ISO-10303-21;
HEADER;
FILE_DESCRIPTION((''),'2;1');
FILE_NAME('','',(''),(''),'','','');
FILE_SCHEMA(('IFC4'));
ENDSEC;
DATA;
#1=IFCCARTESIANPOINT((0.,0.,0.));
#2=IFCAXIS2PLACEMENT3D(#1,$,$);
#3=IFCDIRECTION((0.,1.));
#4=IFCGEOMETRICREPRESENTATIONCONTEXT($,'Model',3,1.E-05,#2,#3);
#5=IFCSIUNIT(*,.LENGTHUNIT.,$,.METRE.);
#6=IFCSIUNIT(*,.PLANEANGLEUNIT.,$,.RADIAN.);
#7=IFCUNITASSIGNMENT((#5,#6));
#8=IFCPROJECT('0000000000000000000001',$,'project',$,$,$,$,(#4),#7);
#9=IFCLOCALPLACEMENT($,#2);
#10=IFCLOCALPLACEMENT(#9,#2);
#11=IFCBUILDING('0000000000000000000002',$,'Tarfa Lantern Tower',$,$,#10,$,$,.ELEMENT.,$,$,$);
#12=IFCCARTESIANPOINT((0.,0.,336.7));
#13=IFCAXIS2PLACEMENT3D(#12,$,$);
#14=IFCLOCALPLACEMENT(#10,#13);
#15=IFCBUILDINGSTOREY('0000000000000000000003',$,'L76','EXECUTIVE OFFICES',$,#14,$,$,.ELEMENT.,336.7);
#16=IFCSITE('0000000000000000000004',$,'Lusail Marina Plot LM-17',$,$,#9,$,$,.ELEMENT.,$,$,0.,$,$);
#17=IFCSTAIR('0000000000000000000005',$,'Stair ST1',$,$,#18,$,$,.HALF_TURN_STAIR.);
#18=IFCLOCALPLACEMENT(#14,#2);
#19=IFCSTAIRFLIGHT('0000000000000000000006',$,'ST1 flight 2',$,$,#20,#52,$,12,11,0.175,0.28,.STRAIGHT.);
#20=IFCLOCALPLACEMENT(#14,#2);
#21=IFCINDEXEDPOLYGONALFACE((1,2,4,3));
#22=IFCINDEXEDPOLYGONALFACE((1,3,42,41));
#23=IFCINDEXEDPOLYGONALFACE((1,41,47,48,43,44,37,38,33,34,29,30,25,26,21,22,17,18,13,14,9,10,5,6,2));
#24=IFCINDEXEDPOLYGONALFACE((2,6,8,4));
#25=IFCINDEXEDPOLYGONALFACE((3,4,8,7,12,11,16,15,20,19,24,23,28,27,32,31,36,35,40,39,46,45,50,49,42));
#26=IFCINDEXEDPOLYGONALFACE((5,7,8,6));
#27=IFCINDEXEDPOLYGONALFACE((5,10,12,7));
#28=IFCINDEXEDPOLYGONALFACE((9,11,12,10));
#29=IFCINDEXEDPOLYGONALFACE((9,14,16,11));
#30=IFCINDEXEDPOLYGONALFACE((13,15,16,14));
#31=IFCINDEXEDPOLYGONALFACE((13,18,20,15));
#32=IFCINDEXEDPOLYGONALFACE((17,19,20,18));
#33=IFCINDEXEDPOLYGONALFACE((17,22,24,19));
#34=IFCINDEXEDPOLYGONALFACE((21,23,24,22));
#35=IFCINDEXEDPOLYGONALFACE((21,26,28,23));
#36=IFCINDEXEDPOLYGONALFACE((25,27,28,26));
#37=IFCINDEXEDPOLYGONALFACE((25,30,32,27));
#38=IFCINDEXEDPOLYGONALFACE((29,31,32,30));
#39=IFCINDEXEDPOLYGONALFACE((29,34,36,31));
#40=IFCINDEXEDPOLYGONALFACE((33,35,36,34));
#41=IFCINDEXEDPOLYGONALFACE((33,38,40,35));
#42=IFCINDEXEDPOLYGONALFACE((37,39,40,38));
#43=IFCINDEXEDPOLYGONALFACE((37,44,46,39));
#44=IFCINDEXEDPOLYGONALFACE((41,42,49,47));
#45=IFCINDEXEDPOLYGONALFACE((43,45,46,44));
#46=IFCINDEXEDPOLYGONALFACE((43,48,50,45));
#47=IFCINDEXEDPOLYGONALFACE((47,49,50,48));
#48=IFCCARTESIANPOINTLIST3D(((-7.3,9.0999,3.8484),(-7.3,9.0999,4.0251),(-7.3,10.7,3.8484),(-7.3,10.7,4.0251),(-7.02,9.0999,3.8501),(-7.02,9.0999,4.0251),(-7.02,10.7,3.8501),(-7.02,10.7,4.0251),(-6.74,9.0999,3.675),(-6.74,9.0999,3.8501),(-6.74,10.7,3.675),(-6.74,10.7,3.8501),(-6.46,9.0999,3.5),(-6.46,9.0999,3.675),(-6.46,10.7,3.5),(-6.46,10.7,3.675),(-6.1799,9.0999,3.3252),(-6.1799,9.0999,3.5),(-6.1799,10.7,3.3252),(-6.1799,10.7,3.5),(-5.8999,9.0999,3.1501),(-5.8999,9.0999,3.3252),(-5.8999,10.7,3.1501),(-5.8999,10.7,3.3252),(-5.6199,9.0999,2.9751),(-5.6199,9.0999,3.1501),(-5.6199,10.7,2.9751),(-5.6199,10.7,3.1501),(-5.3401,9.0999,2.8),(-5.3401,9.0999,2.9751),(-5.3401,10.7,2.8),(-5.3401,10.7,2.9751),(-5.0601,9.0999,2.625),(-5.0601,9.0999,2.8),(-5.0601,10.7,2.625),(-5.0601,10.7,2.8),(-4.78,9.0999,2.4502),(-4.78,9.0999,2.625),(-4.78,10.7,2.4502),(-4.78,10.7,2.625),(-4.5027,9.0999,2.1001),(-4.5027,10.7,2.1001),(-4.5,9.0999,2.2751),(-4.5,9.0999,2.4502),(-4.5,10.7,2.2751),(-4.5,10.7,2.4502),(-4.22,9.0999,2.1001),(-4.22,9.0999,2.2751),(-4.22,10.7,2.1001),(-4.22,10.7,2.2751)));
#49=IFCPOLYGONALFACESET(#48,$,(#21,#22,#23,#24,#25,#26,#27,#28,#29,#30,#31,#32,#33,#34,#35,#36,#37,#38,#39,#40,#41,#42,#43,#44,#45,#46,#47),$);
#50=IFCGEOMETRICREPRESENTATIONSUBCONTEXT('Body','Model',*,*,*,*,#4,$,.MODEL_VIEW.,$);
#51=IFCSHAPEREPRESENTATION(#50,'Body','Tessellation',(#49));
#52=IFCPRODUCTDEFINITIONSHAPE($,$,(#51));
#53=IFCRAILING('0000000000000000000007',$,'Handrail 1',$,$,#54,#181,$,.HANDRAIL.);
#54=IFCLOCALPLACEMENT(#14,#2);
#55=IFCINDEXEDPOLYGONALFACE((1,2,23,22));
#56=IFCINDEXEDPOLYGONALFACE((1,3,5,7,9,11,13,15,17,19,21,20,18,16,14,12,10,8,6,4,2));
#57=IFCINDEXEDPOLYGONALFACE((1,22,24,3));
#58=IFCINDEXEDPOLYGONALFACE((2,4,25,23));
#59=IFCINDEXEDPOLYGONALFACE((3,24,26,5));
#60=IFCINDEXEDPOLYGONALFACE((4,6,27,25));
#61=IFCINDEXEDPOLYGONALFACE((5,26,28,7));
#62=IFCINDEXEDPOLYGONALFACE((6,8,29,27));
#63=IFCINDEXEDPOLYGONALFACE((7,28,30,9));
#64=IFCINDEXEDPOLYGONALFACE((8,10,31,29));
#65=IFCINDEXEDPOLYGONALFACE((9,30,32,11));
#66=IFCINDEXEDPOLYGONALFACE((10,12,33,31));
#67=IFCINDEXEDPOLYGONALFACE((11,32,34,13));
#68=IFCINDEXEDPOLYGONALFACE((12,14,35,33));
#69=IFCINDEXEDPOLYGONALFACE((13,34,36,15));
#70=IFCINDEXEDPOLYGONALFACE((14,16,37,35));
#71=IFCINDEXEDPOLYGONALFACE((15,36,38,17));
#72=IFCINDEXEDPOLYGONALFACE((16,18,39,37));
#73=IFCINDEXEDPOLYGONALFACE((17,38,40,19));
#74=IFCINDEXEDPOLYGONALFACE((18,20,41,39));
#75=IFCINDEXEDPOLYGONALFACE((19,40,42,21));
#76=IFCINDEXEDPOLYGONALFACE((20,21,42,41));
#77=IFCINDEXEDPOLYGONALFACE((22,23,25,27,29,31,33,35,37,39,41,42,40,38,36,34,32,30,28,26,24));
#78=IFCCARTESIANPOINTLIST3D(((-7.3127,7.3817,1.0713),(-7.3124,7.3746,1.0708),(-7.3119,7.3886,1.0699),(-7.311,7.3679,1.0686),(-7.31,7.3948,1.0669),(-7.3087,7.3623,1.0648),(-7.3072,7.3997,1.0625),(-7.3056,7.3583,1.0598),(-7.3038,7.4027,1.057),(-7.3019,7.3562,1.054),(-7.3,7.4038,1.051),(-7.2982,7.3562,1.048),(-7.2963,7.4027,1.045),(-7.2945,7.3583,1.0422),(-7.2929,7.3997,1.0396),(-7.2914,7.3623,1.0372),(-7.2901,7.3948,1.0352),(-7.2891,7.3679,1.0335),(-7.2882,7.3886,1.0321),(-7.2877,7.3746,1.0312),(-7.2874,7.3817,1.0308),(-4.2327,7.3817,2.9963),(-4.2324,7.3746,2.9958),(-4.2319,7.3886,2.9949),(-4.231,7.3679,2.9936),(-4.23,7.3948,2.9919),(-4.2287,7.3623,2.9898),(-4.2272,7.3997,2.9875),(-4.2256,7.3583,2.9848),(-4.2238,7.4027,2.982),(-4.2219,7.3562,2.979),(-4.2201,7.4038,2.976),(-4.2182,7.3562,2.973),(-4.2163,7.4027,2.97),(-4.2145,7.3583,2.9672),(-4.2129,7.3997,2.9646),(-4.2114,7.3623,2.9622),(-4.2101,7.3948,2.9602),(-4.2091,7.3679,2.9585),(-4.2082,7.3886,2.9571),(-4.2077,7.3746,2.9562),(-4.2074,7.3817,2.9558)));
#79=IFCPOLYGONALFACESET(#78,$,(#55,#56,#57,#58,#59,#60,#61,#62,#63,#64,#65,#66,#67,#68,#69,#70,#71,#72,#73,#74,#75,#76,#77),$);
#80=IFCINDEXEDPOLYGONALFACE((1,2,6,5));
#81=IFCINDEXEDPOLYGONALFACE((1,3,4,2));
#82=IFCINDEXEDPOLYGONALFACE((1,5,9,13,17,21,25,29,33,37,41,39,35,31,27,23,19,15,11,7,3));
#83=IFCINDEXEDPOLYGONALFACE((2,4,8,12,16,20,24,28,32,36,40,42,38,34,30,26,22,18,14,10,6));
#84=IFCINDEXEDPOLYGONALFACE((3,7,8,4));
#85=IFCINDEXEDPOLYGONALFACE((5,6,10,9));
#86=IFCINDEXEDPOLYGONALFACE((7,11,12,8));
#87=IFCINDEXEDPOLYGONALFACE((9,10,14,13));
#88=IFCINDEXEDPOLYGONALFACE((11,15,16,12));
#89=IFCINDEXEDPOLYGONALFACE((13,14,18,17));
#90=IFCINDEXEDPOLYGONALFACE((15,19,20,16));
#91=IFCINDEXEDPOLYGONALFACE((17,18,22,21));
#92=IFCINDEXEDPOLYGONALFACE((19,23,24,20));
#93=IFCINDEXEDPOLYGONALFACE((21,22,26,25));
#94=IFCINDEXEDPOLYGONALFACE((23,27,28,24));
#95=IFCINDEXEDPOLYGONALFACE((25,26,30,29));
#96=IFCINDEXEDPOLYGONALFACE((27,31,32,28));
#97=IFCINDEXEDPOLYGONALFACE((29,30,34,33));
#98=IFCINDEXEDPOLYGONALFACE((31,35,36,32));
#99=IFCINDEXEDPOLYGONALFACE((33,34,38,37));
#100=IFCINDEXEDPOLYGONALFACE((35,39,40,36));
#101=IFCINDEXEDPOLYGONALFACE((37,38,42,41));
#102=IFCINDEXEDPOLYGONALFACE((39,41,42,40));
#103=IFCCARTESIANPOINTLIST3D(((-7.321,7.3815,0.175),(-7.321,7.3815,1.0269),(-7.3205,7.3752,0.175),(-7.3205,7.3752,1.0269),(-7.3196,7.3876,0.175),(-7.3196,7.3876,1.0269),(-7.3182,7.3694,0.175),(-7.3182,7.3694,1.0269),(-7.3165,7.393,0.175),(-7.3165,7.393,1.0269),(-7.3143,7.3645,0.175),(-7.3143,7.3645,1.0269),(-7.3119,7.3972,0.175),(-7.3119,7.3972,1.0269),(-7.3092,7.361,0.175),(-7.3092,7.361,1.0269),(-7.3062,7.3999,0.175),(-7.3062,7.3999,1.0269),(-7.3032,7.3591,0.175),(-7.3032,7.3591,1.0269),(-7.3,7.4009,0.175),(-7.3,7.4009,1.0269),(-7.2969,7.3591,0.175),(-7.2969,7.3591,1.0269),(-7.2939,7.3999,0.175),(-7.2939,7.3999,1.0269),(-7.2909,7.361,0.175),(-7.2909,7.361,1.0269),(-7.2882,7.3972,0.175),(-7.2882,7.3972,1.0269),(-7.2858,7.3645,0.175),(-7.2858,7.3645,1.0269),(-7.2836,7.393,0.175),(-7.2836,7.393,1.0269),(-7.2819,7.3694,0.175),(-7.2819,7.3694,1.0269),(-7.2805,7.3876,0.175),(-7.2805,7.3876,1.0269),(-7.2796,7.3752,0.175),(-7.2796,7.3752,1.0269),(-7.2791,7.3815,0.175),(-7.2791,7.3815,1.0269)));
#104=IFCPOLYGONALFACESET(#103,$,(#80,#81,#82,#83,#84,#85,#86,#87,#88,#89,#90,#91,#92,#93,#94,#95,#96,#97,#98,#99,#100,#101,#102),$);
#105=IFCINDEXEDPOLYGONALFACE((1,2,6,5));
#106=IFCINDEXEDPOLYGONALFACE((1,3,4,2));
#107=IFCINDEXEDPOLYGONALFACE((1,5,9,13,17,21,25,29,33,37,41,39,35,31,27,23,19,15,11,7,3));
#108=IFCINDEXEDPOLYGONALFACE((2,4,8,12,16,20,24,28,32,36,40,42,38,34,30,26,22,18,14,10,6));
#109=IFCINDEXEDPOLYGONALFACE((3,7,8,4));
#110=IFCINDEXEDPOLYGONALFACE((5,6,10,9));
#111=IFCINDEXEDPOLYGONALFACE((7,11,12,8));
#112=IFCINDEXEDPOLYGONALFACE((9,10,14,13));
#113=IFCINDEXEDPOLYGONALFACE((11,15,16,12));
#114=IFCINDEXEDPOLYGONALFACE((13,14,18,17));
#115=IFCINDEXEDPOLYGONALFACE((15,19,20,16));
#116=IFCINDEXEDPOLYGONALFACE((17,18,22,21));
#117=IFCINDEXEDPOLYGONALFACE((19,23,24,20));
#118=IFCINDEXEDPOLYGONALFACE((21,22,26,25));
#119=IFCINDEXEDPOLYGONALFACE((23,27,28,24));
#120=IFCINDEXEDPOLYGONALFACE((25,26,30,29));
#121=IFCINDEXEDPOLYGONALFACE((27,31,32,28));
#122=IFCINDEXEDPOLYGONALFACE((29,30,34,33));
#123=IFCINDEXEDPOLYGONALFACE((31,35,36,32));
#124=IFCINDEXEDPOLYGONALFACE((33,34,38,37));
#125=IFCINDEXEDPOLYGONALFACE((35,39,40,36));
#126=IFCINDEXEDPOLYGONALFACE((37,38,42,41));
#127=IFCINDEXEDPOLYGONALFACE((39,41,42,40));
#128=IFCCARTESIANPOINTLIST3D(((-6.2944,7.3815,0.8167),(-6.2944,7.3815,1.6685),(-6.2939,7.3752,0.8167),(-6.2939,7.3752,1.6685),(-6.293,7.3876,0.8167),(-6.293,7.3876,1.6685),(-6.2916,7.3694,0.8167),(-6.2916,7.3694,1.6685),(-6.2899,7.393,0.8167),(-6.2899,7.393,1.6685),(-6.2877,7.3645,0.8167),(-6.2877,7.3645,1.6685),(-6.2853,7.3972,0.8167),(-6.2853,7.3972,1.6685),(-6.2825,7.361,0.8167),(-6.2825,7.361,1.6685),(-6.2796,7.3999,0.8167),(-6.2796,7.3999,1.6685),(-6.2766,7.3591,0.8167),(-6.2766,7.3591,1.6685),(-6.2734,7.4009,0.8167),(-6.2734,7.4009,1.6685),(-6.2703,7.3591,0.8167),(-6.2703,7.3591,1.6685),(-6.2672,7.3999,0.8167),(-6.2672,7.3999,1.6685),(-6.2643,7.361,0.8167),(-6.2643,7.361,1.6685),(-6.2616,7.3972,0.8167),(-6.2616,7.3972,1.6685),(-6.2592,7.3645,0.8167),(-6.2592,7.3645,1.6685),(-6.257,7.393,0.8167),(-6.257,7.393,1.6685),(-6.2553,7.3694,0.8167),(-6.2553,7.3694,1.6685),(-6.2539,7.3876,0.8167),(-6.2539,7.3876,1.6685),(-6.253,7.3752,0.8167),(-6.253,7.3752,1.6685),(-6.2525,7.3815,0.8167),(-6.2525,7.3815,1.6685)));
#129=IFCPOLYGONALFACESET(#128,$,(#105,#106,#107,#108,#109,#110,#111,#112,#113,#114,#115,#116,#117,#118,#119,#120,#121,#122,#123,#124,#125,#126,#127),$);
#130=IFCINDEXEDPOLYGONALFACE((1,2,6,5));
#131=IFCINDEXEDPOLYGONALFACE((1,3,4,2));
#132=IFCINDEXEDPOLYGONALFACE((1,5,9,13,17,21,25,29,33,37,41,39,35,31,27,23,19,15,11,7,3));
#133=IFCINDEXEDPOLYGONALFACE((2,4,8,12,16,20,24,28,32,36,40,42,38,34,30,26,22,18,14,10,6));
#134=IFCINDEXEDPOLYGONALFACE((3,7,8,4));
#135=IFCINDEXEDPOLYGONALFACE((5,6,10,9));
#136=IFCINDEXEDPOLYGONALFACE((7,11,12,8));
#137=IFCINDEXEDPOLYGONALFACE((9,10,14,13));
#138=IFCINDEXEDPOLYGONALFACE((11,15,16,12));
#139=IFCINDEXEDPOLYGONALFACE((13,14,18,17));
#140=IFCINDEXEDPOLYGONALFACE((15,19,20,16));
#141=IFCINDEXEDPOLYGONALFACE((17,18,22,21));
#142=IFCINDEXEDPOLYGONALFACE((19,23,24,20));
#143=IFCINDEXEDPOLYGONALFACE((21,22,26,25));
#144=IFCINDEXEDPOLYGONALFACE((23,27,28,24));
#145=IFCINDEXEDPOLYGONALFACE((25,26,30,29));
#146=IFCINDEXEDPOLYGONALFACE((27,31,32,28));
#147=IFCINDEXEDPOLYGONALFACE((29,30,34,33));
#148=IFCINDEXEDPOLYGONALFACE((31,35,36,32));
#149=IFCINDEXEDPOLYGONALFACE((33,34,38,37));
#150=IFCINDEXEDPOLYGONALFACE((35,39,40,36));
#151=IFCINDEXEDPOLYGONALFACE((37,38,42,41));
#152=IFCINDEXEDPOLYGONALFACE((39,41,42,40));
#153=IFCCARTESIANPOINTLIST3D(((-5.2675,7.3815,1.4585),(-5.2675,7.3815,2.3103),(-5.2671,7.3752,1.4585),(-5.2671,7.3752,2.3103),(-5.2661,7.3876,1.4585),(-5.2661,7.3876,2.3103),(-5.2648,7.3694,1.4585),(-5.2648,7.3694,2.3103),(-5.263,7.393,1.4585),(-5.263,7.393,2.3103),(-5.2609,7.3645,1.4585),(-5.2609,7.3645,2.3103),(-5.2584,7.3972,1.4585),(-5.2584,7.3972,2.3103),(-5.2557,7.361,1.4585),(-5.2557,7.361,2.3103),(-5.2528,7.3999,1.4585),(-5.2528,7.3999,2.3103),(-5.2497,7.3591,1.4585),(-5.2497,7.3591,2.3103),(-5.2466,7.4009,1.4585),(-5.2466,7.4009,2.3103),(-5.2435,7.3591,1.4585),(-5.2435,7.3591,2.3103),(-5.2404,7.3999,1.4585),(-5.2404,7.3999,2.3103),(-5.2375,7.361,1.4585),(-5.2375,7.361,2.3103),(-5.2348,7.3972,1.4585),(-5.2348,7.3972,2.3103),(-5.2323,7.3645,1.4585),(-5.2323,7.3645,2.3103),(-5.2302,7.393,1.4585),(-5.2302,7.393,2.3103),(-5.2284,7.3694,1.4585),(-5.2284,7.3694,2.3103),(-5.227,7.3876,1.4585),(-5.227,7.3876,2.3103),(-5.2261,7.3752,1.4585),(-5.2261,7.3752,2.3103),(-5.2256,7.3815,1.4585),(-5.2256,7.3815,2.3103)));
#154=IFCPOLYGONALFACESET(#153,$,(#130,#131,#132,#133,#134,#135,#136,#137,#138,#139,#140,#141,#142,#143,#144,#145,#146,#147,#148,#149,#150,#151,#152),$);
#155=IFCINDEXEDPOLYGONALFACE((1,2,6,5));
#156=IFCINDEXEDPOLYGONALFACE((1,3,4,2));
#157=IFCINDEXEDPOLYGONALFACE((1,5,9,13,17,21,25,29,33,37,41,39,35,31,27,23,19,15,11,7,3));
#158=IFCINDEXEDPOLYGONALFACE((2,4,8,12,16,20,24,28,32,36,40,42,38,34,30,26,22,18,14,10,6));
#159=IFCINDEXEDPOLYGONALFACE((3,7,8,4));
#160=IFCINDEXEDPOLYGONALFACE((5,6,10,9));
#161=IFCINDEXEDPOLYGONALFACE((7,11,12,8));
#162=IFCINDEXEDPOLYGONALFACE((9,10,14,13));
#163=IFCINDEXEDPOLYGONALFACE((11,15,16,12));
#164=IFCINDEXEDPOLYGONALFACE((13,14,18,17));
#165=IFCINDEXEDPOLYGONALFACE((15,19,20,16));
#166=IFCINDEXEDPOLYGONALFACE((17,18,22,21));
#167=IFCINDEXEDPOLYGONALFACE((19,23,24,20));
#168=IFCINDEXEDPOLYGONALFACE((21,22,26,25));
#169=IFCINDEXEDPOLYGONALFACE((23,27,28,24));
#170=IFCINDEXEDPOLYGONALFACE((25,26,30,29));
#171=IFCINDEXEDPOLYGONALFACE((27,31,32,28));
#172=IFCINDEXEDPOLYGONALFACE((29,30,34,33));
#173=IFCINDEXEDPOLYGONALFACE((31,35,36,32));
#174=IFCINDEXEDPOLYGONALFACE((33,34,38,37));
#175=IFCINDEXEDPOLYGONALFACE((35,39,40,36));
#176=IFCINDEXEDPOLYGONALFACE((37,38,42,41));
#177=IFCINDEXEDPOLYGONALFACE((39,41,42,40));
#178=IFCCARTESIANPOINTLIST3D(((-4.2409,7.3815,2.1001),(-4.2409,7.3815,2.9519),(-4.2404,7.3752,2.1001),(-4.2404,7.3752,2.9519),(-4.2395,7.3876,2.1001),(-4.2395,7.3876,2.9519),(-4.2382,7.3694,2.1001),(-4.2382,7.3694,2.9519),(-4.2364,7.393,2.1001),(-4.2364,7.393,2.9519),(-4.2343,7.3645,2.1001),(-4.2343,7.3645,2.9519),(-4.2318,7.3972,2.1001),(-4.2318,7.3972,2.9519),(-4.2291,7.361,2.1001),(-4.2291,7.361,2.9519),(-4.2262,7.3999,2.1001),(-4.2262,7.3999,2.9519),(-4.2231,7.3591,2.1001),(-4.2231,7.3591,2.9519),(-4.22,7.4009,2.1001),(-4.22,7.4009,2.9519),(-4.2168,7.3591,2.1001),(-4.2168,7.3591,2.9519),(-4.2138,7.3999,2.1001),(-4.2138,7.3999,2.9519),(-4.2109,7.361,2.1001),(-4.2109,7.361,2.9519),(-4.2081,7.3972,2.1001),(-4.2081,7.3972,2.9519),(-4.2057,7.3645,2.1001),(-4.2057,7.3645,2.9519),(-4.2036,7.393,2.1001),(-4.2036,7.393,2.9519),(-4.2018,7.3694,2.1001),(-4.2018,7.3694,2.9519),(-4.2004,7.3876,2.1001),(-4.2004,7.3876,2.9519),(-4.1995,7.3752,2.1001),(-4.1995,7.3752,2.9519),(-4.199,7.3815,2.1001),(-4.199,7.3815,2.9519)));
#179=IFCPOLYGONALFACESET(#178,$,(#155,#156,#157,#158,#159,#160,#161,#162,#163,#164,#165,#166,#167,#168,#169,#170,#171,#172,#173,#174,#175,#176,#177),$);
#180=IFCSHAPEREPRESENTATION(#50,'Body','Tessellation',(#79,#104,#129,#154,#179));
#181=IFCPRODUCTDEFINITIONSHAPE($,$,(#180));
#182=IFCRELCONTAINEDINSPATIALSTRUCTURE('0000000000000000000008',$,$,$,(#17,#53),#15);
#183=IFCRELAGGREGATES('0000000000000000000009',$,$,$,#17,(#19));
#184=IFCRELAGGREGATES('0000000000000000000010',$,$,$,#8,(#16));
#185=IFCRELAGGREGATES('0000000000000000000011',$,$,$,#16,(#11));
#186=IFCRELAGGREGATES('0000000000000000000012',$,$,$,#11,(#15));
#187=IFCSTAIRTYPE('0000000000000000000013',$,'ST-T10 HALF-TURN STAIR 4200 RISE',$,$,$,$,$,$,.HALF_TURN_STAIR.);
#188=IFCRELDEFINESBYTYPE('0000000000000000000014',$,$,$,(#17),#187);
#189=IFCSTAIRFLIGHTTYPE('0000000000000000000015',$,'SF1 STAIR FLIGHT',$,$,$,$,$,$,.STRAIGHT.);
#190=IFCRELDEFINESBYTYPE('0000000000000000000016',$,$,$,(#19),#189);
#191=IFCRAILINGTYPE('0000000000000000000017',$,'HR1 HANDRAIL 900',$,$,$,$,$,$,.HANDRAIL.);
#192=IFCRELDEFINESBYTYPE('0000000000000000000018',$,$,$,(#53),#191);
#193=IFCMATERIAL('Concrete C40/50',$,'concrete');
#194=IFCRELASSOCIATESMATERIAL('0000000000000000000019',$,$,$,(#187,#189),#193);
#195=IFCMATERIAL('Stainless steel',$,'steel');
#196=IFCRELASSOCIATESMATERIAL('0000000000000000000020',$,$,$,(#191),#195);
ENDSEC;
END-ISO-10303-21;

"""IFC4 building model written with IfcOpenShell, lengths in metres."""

from ifc_helpers import new_model, si_unit, direction, frame, origin, origin_2d, place, context, subcontext, project, spatial, polyline, circle, outline, extrude, material, type_object, element, aggregate, save


model = new_model("IFC4")

# Units and contexts
model_context = context("Model", 3, precision=1e-05, world=origin(), true_north=direction((0.0, 1.0)))
body_context = subcontext(model_context, "Body", "Model", "MODEL_VIEW")
ifc_project = project(units=[si_unit("LENGTHUNIT", "METRE"), si_unit("PLANEANGLEUNIT", "RADIAN")], contexts=[model_context])

# Site, building, storey
site_placement = place(None, origin())
site = spatial("IfcSite", under=ifc_project, at=site_placement, Name="Lusail Marina Plot LM-17", CompositionType="ELEMENT", RefElevation=0.0)
building_placement = place(site_placement, origin())
building = spatial("IfcBuilding", under=site, at=building_placement, Name="Tarfa Lantern Tower", CompositionType="ELEMENT")
storey_placement = place(building_placement, frame((0.0, 0.0, 336.7)))
storey = spatial("IfcBuildingStorey", under=building, at=storey_placement, Name="L76", Description="EXECUTIVE OFFICES", CompositionType="ELEMENT", Elevation=336.7)

# Stair, stair flight
ifc_material_1 = material(Name="Concrete C40/50", Category="concrete")
stair_type = type_object("IfcStairType", Name="ST-T10 HALF-TURN STAIR 4200 RISE", PredefinedType="HALF_TURN_STAIR", material=ifc_material_1)
stair_placement = place(storey_placement, origin())
stair = element("IfcStair", 1, at=stair_placement, inside=storey, type_object=stair_type, Name="Stair ST1", PredefinedType="HALF_TURN_STAIR")
stair_flight_type = type_object("IfcStairFlightType", Name="SF1 STAIR FLIGHT", PredefinedType="STRAIGHT", material=ifc_material_1)
stair_flight_1_placement = place(storey_placement, frame((-4.22, 9.8999, 2.1001), z_axis=(0.0, 0.0, 1.0), x_axis=(-1.0, 0.0, 0.0)))
stair_flight_1 = element("IfcStairFlight", 2, at=stair_flight_1_placement, type_object=stair_flight_type, Name="ST1 flight 2", NumberOfRisers=12, NumberOfTreads=11, PredefinedType="STRAIGHT", RiserHeight=0.175, TreadLength=0.28, context=body_context, shape_type="SweptSolid", body=[
    extrude(outline(polyline([(0.0, 0.0), (0.0, 0.175), (0.28, 0.175), (0.28, 0.3501), (0.5601, 0.3501), (0.5601, 0.5249), (0.8401, 0.5249), (0.8401, 0.7), (1.1201, 0.7), (1.1201, 0.875), (1.3999, 0.875), (1.3999, 1.05), (1.6799, 1.05), (1.6799, 1.2251), (1.96, 1.2251), (1.96, 1.3999), (2.24, 1.3999), (2.24, 1.575), (2.52, 1.575), (2.52, 1.75), (2.8, 1.75), (2.8, 1.925), (3.0801, 1.925), (3.0801, 2.1001), (3.0801, 1.7483), (0.2827, 0.0), (0.0, 0.0)])), frame((0.0, 0.8, 0.0), z_axis=(0.0, -1.0, 0.0), x_axis=(1.0, 0.0, 0.0)), (0.0, 0.0, 1.0), 1.6001),
])
aggregate(stair, [stair_flight_1])

# Railing
ifc_material_2 = material(Name="Stainless steel", Category="steel")
railing_type = type_object("IfcRailingType", Name="HR1 HANDRAIL 900", PredefinedType="HANDRAIL", material=ifc_material_2)
railing_1_placement = place(storey_placement, frame((-7.3, 7.3799, 0.175)))
element("IfcRailing", 3, at=railing_1_placement, inside=storey, type_object=railing_type, Name="Handrail 1", PredefinedType="HANDRAIL", context=body_context, shape_type="SweptSolid", body=[
    extrude(circle(Radius=0.0239, at=origin_2d()), frame((0.0, 0.0, 0.876), z_axis=(0.847998, 0.0, 0.529999), x_axis=(0.0, 1.0, 0.0)), (0.0, 0.0, 1.0), 3.6321),
    extrude(circle(Radius=0.021, at=origin_2d()), frame((0.0, 0.0, 0.0), z_axis=(0.0, 0.0, 1.0), x_axis=(0.0, 1.0, 0.0)), (0.0, 0.0, 1.0), 0.8518),
    extrude(circle(Radius=0.021, at=origin_2d()), frame((1.0266, 0.0, 0.6416), z_axis=(0.0, 0.0, 1.0), x_axis=(0.0, 1.0, 0.0)), (0.0, 0.0, 1.0), 0.8518),
    extrude(circle(Radius=0.021, at=origin_2d()), frame((2.0535, 0.0, 1.2834), z_axis=(0.0, 0.0, 1.0), x_axis=(0.0, 1.0, 0.0)), (0.0, 0.0, 1.0), 0.8518),
    extrude(circle(Radius=0.021, at=origin_2d()), frame((3.0801, 0.0, 1.925), z_axis=(0.0, 0.0, 1.0), x_axis=(0.0, 1.0, 0.0)), (0.0, 0.0, 1.0), 0.8518),
])

save(model, "model.ifc")
